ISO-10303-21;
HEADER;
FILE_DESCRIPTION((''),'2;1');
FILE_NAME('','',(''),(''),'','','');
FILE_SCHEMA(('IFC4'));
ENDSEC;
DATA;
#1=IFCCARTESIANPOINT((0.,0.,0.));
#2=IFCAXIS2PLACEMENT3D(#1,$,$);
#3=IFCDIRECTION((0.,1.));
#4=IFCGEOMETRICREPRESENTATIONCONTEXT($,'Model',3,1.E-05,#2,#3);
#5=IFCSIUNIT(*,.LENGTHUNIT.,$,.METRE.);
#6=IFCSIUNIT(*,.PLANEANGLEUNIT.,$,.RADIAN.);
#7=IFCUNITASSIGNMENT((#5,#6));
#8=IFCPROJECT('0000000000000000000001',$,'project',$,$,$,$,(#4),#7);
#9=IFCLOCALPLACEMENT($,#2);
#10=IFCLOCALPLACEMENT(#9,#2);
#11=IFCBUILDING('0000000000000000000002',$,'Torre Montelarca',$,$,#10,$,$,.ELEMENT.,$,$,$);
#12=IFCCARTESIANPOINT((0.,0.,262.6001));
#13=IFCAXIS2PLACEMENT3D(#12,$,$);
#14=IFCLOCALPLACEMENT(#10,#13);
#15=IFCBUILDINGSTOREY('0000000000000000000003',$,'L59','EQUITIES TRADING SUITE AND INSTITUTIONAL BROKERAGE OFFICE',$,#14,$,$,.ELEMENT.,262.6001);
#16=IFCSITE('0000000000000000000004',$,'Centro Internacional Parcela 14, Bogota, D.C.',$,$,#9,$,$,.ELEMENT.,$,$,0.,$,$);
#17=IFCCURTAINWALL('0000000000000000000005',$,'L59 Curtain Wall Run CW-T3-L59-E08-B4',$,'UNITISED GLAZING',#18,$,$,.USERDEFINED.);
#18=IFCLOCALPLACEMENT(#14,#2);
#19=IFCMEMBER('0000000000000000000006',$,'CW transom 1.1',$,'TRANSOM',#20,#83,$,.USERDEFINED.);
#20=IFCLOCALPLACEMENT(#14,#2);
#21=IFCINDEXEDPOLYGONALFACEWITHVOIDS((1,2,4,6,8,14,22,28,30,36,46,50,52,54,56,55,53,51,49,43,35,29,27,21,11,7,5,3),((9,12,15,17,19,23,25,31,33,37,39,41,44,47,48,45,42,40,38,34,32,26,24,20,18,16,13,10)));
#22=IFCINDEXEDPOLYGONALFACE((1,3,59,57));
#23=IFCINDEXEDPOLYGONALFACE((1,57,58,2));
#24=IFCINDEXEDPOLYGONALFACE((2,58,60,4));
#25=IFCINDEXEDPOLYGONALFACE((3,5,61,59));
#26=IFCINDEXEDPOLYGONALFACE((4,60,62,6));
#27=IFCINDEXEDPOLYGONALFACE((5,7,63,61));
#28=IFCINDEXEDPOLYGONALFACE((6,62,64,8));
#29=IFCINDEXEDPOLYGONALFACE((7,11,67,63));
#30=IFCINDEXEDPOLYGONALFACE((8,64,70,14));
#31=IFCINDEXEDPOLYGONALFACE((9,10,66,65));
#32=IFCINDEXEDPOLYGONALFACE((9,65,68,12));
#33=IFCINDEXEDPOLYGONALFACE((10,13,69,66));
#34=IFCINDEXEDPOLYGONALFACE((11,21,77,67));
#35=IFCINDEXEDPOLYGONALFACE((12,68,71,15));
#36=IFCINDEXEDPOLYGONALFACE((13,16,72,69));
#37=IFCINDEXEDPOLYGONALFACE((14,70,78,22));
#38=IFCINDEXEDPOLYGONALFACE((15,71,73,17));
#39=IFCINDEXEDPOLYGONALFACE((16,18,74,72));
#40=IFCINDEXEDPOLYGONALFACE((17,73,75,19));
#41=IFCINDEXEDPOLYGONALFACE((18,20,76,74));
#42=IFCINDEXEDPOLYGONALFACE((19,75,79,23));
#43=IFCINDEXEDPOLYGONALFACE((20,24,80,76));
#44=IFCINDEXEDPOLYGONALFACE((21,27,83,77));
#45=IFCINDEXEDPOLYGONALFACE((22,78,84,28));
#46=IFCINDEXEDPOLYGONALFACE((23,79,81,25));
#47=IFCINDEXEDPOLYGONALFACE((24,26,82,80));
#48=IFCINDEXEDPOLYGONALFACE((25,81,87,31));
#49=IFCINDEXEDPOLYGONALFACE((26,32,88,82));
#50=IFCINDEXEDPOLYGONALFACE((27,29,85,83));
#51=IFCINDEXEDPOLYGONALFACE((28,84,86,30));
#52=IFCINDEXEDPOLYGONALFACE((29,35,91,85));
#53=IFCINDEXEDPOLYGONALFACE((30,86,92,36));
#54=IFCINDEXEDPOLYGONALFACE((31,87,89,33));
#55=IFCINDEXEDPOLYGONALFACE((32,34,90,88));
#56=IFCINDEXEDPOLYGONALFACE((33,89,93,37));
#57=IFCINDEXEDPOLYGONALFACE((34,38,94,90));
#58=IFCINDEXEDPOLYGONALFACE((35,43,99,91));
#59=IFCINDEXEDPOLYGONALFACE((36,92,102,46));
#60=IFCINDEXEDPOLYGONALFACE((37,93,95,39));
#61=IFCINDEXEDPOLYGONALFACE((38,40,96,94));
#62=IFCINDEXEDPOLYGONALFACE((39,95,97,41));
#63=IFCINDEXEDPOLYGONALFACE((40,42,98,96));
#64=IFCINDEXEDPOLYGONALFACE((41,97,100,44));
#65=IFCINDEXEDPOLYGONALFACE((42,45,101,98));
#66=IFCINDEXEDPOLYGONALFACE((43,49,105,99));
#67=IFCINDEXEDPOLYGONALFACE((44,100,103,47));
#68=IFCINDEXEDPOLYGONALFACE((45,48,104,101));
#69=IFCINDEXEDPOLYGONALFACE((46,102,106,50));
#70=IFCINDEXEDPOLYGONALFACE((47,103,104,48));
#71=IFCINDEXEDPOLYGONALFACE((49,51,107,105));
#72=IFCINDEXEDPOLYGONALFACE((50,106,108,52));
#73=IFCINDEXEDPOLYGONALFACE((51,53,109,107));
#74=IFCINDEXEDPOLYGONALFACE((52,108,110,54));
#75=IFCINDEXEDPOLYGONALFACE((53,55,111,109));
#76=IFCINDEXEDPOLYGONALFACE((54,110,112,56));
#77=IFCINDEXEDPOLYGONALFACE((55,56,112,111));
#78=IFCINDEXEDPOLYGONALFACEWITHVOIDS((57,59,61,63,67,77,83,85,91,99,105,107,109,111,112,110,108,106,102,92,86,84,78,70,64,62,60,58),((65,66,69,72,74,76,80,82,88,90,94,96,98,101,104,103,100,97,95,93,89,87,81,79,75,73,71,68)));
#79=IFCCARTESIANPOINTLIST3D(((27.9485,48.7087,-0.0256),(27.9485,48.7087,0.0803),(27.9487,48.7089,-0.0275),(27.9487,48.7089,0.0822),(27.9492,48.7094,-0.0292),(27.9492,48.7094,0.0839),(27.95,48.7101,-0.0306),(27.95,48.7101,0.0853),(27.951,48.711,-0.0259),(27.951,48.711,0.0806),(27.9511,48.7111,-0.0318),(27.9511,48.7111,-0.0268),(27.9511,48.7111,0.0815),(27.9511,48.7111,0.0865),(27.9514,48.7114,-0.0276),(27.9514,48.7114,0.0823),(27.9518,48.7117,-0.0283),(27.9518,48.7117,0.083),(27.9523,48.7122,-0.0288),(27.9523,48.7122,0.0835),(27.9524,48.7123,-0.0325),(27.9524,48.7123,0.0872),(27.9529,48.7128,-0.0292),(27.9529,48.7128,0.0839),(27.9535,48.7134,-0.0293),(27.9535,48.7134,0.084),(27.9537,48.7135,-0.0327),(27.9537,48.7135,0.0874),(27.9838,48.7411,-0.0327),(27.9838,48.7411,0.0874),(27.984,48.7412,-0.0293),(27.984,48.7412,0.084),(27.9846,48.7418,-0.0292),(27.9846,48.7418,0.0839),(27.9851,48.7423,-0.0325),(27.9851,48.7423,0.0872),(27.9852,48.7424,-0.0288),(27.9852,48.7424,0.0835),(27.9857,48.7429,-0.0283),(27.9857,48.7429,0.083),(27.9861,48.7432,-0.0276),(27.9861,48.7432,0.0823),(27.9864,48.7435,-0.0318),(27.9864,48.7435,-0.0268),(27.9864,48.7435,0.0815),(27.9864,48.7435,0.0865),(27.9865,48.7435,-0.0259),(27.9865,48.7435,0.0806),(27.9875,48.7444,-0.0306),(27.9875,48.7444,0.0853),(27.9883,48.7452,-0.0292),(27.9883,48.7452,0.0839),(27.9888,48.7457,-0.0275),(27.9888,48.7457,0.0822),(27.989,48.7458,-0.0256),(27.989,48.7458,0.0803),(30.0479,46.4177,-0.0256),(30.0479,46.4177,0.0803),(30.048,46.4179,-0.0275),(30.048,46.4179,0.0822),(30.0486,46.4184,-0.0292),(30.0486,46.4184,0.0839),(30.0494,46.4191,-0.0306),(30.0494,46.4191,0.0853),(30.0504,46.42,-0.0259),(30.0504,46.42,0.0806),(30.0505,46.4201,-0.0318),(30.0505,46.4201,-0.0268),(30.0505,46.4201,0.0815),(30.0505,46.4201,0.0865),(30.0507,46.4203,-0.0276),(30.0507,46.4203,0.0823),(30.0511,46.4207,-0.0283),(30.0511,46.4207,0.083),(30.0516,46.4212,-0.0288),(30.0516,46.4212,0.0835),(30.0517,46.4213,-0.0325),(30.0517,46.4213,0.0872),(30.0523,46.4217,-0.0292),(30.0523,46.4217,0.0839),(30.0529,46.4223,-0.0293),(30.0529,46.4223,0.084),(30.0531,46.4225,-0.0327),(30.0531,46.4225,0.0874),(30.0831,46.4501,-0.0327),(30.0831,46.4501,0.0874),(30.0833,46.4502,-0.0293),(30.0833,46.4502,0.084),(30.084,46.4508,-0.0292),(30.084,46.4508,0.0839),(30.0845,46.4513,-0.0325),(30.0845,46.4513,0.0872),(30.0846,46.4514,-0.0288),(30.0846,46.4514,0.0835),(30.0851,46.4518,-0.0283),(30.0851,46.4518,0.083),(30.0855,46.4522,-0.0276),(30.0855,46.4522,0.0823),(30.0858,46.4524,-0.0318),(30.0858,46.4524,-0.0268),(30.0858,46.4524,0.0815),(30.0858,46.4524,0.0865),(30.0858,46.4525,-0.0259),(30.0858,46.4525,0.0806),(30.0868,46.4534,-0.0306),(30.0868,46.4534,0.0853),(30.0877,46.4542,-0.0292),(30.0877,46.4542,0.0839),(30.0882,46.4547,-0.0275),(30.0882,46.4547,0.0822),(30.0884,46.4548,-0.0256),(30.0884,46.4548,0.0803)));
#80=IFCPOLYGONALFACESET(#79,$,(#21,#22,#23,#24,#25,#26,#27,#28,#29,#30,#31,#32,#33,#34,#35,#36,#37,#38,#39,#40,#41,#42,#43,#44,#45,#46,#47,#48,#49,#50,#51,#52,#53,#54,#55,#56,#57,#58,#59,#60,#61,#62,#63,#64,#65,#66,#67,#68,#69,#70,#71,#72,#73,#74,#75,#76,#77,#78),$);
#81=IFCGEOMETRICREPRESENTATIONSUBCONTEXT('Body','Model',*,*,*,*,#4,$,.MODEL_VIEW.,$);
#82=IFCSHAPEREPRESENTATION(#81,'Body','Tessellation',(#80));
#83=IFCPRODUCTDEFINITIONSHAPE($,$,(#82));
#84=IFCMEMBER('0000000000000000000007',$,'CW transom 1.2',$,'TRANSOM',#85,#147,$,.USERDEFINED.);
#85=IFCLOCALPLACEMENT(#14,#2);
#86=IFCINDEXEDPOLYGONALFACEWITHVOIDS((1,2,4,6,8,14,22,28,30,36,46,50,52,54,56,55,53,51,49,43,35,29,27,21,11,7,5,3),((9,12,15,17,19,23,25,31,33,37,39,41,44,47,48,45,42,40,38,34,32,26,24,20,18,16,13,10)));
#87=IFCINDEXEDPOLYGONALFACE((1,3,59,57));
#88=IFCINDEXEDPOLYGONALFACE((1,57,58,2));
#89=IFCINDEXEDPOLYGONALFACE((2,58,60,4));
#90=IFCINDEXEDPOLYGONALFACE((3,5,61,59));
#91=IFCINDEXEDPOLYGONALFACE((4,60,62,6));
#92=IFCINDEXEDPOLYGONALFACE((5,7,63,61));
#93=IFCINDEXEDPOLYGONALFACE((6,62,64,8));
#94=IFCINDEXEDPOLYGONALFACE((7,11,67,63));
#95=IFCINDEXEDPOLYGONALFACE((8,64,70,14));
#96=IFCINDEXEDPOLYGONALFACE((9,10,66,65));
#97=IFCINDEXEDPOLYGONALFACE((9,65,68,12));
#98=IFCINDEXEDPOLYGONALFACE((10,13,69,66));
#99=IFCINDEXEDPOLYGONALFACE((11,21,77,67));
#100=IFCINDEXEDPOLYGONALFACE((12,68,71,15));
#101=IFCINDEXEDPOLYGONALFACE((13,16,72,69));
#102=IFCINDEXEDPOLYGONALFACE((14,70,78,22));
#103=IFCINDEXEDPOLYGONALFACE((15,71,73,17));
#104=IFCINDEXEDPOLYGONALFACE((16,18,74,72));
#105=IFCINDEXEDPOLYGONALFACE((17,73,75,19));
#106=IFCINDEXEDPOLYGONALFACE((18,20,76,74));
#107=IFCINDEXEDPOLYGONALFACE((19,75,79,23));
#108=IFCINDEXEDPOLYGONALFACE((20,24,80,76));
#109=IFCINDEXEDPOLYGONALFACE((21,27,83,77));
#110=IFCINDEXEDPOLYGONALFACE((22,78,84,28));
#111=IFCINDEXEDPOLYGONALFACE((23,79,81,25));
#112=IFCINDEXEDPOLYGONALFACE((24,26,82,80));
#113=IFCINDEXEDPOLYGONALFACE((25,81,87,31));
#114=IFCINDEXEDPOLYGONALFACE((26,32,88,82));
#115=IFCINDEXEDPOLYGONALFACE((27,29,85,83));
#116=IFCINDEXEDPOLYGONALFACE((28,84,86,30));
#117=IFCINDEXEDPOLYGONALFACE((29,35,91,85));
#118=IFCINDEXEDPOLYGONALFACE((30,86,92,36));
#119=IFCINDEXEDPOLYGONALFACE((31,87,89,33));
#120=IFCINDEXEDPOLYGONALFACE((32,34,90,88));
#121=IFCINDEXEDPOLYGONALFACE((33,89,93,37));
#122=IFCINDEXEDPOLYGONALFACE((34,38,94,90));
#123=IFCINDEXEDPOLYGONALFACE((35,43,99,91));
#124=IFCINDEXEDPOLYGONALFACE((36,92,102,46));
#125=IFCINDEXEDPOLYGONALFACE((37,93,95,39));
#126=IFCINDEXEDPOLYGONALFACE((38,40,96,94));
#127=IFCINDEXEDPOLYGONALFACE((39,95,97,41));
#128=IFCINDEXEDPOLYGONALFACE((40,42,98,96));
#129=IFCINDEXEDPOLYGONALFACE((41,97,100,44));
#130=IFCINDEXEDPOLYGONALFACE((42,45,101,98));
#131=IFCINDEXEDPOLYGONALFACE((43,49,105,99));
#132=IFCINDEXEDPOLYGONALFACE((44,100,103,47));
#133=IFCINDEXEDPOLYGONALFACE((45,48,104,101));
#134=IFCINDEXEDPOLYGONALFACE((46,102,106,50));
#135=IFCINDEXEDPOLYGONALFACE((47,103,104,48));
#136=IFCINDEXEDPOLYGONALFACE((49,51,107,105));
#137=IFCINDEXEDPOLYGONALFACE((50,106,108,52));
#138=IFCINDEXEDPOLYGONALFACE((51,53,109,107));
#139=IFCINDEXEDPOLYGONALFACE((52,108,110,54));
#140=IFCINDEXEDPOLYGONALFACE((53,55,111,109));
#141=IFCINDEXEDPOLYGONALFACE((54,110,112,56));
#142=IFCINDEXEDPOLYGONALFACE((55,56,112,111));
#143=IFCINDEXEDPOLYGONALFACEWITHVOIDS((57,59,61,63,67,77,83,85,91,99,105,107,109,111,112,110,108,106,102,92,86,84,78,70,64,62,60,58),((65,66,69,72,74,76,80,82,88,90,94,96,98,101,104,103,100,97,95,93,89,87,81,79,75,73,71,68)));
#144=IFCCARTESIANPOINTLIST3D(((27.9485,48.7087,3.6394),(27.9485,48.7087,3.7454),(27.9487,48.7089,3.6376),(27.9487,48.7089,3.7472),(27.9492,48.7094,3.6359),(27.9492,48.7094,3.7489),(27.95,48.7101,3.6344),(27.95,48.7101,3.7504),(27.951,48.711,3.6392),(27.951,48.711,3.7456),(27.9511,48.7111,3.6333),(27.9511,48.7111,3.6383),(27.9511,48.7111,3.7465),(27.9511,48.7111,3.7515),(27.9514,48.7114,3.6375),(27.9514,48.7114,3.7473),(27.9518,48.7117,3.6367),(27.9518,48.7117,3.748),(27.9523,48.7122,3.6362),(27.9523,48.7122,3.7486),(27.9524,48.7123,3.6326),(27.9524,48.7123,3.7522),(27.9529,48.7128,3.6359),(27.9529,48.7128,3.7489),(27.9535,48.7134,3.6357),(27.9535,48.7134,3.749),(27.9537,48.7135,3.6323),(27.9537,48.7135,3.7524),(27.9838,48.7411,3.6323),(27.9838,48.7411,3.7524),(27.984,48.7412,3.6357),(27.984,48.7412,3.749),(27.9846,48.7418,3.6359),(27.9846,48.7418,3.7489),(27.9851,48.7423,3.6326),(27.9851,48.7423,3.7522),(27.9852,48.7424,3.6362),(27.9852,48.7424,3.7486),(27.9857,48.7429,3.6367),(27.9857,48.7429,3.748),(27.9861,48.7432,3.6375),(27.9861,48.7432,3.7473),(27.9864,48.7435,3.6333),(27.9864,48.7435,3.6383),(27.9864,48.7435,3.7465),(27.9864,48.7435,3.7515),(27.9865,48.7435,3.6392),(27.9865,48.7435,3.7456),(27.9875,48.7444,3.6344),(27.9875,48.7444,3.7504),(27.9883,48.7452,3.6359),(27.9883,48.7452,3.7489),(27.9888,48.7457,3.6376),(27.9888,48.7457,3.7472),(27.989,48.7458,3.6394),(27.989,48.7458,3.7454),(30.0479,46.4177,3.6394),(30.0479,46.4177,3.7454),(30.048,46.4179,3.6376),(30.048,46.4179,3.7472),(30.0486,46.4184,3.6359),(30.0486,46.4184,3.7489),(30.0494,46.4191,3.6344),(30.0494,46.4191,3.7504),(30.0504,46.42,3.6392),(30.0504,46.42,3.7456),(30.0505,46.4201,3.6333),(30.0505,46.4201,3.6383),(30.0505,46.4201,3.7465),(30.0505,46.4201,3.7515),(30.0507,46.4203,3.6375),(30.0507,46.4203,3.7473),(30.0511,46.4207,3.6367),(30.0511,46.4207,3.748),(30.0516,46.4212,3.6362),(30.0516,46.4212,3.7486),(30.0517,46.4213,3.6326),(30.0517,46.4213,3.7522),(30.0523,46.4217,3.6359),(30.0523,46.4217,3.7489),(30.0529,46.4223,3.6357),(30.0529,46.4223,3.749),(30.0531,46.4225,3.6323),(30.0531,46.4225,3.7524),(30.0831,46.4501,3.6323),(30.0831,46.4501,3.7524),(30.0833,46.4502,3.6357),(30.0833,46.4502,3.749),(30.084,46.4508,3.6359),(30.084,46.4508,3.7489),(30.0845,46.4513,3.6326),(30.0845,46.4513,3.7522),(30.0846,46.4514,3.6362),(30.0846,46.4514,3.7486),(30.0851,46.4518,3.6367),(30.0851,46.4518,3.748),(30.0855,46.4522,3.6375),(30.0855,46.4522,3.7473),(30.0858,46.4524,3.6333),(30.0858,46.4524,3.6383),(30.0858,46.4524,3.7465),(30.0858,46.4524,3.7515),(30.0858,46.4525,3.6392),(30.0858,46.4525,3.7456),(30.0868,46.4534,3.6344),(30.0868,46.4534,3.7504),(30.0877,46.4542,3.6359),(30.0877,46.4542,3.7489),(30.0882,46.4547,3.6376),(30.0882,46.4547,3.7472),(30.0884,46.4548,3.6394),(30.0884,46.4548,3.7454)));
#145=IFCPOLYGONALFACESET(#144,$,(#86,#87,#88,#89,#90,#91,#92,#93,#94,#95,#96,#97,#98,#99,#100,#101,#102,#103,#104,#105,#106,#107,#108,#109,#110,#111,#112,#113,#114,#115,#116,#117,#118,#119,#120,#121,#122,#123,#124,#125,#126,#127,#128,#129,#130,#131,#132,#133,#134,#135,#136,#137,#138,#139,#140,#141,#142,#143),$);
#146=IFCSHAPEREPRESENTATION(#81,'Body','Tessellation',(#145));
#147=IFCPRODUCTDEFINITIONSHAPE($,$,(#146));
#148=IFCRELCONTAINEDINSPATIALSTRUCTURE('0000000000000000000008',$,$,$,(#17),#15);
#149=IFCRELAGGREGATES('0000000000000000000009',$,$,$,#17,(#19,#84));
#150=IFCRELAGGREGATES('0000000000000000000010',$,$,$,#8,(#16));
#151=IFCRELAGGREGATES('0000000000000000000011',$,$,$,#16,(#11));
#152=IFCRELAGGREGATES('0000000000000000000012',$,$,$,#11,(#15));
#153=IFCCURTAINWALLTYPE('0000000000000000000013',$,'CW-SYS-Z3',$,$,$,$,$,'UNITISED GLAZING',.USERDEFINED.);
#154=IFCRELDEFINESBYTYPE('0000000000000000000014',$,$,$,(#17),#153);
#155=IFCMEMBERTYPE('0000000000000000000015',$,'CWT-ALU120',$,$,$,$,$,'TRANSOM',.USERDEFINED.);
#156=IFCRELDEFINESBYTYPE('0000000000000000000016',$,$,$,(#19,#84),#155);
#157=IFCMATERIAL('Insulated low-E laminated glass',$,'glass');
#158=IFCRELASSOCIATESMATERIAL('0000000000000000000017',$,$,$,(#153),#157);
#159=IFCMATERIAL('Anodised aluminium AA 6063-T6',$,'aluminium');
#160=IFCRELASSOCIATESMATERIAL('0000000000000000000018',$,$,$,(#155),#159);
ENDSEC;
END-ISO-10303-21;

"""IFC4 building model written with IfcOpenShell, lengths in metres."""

from ifc_helpers import new_model, si_unit, direction, frame, origin, origin_2d, place, context, subcontext, project, spatial, hollow_rectangle, extrude, source, transform, mapped, material, material_profile, profile_set, type_object, element, aggregate, save


model = new_model("IFC4")

# Units and contexts
model_context = context("Model", 3, precision=1e-05, world=origin(), true_north=direction((0.0, 1.0)))
body_context = subcontext(model_context, "Body", "Model", "MODEL_VIEW")
ifc_project = project(units=[si_unit("LENGTHUNIT", "METRE"), si_unit("PLANEANGLEUNIT", "RADIAN")], contexts=[model_context])

# Site, building, storey
site_placement = place(None, origin())
site = spatial("IfcSite", under=ifc_project, at=site_placement, Name="Centro Internacional Parcela 14, Bogota, D.C.", CompositionType="ELEMENT", RefElevation=0.0)
building_placement = place(site_placement, origin())
building = spatial("IfcBuilding", under=site, at=building_placement, Name="Torre Montelarca", CompositionType="ELEMENT")
storey_placement = place(building_placement, frame((0.0, 0.0, 262.6001)))
storey = spatial("IfcBuildingStorey", under=building, at=storey_placement, Name="L59", Description="EQUITIES TRADING SUITE AND INSTITUTIONAL BROKERAGE OFFICE", CompositionType="ELEMENT", Elevation=262.6001)

# Shared definitions
ifc_material_1 = material(Name="Insulated low-E laminated glass", Category="glass")
curtain_wall_type = type_object("IfcCurtainWallType", Name="CW-SYS-Z3", ElementType="UNITISED GLAZING", PredefinedType="USERDEFINED", material=ifc_material_1)
ifc_material_2 = material(Name="Anodised aluminium AA 6063-T6", Category="aluminium")

# Curtain wall
curtain_wall_1_placement = place(storey_placement, origin())
curtain_wall_1 = element("IfcCurtainWall", 1, at=curtain_wall_1_placement, inside=storey, type_object=curtain_wall_type, Name="L59 Curtain Wall Run CW-T3-L59-E08-B4", ObjectType="UNITISED GLAZING", PredefinedType="USERDEFINED")

# Members
ifc_material_profile_1 = material_profile(ifc_material_2, hollow_rectangle(XDim=0.0549, YDim=0.1201, WallThickness=0.0034, InnerFilletRadius=0.0034, OuterFilletRadius=0.0071, at=origin_2d()), Name="ALU55X120X3.5", Category="aluminium")
ifc_profile_set_1 = profile_set([ifc_material_profile_1], Name="Anodised aluminium AA 6063-T6")
member_type_1 = type_object("IfcMemberType", Name="CWT-ALU120", ElementType="TRANSOM", PredefinedType="USERDEFINED", material=ifc_profile_set_1)
shared_shape_1 = source(origin(), body_context, "Body", "SweptSolid", [
    extrude(hollow_rectangle(XDim=0.0549, YDim=0.1201, WallThickness=0.0034, InnerFilletRadius=0.0034, OuterFilletRadius=0.0071, at=origin_2d()), origin(), (0.0, 0.0, 1.0), 3.1074),
])
member_1_placement = place(storey_placement, frame((30.0681, 46.4363, 0.0273), z_axis=(-0.675597, 0.737272, 0.0), x_axis=(-0.737272, -0.675597, 0.0)))
member_1 = element("IfcMember", 2, at=member_1_placement, type_object=member_type_1, Name="CW transom 1.1", ObjectType="TRANSOM", PredefinedType="USERDEFINED", context=body_context, shape_type="MappedRepresentation", body=[
    mapped(shared_shape_1, transform((0.0, 0.0, 0.0), scale=1.0)),
])
member_2_placement = place(storey_placement, frame((30.0681, 46.4363, 3.6924), z_axis=(-0.675597, 0.737272, 0.0), x_axis=(-0.737272, -0.675597, 0.0)))
member_2 = element("IfcMember", 3, at=member_2_placement, type_object=member_type_1, Name="CW transom 1.2", ObjectType="TRANSOM", PredefinedType="USERDEFINED", context=body_context, shape_type="MappedRepresentation", body=[
    mapped(shared_shape_1, transform((0.0, 0.0, 0.0), scale=1.0)),
])

aggregate(curtain_wall_1, [member_1, member_2])

save(model, "model.ifc")
